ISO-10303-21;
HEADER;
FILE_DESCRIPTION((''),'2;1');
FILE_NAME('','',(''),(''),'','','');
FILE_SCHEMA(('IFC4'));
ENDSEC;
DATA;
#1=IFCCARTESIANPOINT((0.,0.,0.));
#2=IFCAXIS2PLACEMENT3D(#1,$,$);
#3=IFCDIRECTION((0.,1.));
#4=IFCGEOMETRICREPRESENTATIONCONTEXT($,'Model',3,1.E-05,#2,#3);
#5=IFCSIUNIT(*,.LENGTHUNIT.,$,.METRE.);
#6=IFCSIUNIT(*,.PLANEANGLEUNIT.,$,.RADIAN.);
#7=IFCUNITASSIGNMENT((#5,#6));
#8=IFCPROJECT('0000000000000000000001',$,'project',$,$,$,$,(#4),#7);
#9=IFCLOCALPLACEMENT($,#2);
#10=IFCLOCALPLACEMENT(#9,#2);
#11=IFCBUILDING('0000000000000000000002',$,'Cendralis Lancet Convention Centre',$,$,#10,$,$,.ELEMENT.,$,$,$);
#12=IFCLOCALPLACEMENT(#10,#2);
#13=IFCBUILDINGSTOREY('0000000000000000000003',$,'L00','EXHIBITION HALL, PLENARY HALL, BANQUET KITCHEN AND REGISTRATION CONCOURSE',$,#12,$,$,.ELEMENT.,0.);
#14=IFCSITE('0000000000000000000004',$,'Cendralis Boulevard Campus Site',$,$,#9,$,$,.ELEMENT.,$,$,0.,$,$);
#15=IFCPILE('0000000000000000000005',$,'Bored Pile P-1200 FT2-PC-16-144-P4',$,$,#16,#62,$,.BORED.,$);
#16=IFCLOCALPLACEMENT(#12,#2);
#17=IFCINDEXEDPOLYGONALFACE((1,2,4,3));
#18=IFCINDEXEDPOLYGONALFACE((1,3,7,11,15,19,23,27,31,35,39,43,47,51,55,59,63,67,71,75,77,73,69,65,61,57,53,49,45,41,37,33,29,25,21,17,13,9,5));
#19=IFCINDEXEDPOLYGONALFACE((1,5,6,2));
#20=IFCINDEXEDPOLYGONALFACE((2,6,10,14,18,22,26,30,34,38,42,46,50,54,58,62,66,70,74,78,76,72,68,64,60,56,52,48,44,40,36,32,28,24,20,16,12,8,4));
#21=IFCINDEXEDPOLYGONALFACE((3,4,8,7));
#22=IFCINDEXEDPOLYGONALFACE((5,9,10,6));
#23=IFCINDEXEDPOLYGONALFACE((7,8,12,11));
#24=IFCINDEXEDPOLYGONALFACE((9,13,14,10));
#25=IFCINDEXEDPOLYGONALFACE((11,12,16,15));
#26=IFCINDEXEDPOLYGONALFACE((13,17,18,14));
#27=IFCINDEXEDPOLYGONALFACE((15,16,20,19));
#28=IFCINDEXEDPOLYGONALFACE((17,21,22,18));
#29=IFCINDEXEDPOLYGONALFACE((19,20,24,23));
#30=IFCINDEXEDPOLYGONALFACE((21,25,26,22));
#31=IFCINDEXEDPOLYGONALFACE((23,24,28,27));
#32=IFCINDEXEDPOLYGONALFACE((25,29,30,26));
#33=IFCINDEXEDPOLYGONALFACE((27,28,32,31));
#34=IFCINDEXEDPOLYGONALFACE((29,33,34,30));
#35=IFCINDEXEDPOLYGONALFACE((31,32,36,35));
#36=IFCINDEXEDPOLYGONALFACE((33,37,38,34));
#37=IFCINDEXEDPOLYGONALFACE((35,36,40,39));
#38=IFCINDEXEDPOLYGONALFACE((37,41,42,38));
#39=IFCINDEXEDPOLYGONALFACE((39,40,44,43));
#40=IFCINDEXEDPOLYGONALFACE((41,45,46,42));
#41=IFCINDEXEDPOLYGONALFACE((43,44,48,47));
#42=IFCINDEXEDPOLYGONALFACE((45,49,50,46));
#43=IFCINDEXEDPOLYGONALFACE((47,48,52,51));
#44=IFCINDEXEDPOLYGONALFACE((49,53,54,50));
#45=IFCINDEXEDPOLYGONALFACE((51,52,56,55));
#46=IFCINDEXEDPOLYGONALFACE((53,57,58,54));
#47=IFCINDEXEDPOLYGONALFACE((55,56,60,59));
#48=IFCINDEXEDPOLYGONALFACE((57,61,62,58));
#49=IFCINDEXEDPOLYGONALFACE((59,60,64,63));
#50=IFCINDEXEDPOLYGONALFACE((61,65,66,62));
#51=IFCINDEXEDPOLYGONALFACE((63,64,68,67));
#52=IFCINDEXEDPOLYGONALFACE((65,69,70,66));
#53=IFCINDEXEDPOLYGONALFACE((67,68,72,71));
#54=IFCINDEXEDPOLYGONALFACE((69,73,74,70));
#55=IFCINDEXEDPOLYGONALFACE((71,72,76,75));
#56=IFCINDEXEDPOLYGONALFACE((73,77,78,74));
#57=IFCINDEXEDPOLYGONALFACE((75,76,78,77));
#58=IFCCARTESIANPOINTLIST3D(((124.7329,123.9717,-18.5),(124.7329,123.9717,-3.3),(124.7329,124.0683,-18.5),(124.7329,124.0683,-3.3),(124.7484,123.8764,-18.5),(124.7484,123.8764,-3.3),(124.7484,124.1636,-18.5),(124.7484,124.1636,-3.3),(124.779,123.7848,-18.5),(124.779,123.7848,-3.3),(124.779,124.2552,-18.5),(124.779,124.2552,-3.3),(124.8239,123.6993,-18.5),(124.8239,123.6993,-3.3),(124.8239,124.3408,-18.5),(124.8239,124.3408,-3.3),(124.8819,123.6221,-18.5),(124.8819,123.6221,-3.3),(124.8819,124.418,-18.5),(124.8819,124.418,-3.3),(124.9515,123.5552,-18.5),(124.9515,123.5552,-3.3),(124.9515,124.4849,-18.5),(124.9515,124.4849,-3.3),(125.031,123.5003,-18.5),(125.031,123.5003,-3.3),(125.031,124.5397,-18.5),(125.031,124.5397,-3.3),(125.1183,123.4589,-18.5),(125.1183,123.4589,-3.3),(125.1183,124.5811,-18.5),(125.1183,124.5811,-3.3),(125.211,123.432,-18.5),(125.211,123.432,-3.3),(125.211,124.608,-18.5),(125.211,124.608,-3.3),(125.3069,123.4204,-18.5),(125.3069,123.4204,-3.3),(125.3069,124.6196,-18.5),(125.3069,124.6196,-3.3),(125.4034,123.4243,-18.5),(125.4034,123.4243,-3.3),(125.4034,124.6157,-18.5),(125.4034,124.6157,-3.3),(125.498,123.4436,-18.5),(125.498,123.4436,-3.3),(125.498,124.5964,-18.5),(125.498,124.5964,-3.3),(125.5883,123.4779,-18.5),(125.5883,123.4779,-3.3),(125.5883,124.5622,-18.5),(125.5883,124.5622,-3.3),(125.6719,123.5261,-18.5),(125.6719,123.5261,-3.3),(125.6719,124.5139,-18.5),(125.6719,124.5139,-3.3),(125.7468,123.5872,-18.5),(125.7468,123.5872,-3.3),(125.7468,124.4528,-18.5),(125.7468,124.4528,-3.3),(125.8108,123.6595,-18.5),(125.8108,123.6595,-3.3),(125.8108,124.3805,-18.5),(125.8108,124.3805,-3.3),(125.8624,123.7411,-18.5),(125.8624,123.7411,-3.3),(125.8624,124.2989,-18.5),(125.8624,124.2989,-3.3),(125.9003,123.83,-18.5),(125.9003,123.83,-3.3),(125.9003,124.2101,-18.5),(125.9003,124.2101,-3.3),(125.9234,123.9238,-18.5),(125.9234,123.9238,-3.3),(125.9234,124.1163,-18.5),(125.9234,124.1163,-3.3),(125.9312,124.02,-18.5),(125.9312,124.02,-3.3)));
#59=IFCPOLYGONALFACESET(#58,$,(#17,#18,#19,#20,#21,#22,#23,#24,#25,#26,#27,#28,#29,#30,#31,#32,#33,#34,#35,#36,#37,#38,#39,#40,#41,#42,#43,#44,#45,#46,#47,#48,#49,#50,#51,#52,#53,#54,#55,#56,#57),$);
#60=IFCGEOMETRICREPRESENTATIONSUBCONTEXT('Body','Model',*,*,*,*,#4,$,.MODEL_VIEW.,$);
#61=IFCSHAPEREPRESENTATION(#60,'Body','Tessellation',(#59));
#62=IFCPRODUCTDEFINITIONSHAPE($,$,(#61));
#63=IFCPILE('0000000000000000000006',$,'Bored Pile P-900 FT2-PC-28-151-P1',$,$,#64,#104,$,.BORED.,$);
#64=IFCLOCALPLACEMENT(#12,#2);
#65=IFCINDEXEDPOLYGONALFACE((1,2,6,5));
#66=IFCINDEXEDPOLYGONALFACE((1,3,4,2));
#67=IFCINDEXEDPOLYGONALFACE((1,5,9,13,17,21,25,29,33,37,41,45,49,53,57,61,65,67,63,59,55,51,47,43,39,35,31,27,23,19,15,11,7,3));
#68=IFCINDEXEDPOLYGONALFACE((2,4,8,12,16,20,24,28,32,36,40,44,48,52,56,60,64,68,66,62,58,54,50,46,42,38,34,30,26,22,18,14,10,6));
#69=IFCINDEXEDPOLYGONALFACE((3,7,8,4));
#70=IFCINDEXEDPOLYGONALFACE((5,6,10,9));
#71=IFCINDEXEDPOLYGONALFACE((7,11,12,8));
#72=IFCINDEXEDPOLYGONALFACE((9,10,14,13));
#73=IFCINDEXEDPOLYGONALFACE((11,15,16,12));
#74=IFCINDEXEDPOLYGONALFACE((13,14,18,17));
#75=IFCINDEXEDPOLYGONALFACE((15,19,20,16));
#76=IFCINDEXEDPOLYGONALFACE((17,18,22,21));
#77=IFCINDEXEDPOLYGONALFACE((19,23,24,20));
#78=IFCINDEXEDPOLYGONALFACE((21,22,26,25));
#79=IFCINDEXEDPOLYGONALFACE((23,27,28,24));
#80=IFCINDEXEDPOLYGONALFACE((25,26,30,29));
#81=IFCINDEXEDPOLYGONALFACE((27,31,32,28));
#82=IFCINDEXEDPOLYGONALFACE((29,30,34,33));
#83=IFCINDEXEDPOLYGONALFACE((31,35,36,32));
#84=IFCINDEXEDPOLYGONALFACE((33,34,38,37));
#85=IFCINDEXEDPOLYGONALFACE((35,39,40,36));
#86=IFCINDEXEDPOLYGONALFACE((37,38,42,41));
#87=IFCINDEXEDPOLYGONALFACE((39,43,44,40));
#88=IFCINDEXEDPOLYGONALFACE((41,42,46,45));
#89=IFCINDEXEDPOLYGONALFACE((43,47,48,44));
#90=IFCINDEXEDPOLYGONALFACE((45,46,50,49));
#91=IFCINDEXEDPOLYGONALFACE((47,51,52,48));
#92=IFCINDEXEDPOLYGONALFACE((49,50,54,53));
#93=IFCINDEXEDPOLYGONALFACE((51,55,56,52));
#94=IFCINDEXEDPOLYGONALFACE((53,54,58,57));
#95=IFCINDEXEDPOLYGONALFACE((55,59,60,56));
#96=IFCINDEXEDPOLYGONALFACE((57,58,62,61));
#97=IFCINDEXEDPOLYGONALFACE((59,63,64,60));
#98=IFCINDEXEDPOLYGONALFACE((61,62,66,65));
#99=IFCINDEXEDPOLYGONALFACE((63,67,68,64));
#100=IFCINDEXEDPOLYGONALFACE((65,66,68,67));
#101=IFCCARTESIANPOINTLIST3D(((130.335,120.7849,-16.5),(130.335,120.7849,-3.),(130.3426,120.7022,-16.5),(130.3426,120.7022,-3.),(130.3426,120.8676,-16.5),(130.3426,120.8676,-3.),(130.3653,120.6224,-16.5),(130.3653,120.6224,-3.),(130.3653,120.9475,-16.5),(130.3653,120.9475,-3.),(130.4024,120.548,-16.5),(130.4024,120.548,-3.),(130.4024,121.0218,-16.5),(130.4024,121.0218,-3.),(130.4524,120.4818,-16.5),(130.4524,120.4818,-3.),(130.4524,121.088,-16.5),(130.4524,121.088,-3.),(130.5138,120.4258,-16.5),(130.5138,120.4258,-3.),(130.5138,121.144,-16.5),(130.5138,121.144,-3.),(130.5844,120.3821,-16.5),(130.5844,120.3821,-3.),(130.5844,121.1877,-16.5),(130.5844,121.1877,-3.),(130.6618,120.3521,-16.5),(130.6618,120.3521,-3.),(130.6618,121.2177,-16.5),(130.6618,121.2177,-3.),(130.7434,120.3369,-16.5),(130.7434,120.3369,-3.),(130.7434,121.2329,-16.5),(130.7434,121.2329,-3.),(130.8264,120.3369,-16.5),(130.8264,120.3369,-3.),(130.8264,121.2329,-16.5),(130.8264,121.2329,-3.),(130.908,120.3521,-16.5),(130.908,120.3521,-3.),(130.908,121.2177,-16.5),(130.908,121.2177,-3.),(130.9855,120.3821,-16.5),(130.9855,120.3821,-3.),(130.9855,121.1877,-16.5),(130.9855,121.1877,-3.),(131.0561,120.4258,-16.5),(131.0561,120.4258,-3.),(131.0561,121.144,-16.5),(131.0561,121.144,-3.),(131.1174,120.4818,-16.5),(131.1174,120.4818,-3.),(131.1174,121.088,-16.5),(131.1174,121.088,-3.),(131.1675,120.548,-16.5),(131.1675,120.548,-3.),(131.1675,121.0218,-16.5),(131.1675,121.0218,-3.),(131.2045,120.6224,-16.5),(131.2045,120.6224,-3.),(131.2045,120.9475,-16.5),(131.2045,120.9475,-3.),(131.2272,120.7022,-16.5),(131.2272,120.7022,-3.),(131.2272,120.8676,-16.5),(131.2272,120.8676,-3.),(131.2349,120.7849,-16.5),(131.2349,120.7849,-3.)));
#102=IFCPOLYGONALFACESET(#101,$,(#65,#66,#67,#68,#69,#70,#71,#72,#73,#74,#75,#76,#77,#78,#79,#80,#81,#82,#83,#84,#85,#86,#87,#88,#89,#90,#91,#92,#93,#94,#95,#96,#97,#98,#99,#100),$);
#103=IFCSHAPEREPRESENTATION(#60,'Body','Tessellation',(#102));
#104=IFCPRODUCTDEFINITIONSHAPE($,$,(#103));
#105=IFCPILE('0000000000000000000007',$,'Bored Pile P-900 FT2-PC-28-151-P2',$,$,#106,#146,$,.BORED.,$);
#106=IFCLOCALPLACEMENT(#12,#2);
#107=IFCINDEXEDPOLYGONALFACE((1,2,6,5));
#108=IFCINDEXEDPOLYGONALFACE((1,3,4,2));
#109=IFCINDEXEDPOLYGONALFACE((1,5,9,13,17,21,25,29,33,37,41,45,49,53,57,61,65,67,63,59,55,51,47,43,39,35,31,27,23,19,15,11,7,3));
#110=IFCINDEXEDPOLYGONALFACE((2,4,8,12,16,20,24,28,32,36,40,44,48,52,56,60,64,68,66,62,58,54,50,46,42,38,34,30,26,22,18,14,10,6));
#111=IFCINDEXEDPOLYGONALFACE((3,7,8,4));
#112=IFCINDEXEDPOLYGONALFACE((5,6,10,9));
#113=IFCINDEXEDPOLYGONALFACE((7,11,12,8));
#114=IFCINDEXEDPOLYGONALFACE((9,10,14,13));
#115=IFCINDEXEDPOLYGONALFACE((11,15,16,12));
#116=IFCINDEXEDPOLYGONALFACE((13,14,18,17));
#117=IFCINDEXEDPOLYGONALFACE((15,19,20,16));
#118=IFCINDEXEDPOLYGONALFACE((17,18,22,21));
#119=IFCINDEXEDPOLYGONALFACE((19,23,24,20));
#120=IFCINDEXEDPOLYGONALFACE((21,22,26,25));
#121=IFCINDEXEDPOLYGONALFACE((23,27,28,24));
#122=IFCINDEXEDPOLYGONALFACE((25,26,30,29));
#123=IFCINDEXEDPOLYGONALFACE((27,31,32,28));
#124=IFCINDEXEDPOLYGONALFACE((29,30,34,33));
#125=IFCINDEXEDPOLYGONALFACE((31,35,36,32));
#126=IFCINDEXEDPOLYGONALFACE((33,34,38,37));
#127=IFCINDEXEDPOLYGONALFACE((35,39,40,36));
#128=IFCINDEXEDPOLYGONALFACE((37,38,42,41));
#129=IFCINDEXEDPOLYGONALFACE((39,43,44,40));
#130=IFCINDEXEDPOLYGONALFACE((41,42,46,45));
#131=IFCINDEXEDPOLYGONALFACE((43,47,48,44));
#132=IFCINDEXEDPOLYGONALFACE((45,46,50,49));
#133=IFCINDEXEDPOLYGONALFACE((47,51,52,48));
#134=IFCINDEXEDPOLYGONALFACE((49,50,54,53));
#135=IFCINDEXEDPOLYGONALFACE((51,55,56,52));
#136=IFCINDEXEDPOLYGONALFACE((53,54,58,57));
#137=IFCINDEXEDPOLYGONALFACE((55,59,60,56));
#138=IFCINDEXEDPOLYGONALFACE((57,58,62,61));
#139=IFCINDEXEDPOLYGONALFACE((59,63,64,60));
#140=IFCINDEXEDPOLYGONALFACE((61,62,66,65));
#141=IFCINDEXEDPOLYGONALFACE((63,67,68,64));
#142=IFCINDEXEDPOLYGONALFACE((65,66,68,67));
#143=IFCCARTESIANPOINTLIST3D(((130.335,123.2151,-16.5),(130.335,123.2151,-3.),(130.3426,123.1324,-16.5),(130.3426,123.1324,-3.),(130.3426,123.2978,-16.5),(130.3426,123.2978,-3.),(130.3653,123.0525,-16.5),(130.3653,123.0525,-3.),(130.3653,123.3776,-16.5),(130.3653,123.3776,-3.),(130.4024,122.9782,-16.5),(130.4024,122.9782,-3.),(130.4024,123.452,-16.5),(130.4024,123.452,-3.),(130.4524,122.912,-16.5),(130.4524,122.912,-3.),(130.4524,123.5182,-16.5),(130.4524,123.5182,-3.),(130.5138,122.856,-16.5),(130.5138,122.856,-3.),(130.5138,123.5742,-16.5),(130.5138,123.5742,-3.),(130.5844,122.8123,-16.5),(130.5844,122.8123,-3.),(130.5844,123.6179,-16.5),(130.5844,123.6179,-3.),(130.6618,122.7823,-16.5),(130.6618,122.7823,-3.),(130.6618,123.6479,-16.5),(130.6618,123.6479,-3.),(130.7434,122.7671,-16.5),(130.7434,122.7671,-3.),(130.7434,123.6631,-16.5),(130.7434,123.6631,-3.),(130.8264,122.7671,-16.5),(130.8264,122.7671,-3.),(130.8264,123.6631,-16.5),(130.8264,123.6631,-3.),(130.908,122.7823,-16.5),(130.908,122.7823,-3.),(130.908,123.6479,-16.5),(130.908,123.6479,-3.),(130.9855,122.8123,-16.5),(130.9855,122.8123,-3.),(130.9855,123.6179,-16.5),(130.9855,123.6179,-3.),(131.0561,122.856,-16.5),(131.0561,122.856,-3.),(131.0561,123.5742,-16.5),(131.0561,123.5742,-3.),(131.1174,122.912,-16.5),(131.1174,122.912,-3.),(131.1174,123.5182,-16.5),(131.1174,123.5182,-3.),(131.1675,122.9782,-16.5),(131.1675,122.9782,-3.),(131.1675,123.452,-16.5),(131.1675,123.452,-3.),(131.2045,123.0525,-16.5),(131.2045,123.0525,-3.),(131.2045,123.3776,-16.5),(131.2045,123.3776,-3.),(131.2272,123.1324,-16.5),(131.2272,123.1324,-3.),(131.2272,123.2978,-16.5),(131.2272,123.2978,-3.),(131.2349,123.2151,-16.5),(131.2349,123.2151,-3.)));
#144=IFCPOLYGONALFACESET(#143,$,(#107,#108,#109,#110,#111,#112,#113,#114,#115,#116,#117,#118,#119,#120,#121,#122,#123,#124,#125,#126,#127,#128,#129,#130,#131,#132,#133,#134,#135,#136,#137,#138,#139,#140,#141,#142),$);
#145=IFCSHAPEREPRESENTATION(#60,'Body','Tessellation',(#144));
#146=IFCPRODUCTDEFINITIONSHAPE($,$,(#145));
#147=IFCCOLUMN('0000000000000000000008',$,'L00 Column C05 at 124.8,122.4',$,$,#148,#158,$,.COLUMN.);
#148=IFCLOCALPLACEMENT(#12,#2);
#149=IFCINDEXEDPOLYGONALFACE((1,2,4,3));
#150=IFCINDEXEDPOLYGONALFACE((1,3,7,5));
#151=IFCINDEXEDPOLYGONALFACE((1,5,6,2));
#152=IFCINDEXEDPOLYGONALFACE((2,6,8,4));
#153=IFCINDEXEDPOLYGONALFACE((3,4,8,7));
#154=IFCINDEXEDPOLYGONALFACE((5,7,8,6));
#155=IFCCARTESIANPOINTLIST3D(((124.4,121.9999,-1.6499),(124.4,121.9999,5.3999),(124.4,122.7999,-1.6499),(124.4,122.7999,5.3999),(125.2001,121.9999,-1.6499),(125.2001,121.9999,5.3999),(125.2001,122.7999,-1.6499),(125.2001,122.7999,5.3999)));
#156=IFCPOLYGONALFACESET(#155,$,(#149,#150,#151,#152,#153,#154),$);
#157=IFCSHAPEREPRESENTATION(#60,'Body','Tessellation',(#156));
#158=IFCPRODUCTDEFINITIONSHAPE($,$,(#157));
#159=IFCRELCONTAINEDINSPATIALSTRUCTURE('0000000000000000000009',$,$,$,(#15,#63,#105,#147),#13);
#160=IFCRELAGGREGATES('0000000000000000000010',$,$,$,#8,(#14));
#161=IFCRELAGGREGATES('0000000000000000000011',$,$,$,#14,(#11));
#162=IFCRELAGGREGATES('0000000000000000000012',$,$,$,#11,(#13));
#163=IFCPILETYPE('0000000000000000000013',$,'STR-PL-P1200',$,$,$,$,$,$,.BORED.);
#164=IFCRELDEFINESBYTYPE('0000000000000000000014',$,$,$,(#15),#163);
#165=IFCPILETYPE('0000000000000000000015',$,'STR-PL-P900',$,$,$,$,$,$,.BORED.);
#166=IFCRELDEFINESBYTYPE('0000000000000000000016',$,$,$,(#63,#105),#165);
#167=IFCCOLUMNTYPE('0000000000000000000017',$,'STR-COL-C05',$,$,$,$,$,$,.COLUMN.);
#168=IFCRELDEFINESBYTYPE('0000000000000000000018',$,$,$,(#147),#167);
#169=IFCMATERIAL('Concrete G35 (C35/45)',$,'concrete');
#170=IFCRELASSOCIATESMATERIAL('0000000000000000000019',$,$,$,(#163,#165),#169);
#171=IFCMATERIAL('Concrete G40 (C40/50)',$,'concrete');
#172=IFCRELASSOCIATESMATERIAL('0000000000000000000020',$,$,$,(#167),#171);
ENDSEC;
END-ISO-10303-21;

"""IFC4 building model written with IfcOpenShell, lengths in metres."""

from ifc_helpers import new_model, si_unit, direction, frame, origin, origin_2d, place, context, subcontext, project, spatial, rectangle, circle, extrude, material, material_profile, profile_set, type_object, element, save


model = new_model("IFC4")

# Units and contexts
model_context = context("Model", 3, precision=1e-05, world=origin(), true_north=direction((0.0, 1.0)))
body_context = subcontext(model_context, "Body", "Model", "MODEL_VIEW")
ifc_project = project(units=[si_unit("LENGTHUNIT", "METRE"), si_unit("PLANEANGLEUNIT", "RADIAN")], contexts=[model_context])

# Site, building, storey
site_placement = place(None, origin())
site = spatial("IfcSite", under=ifc_project, at=site_placement, Name="Cendralis Boulevard Campus Site", CompositionType="ELEMENT", RefElevation=0.0)
building_placement = place(site_placement, origin())
building = spatial("IfcBuilding", under=site, at=building_placement, Name="Cendralis Lancet Convention Centre", CompositionType="ELEMENT")
storey_placement = place(building_placement, origin())
storey = spatial("IfcBuildingStorey", under=building, at=storey_placement, Name="L00", Description="EXHIBITION HALL, PLENARY HALL, BANQUET KITCHEN AND REGISTRATION CONCOURSE", CompositionType="ELEMENT", Elevation=0.0)

# Shared definitions
ifc_material_1 = material(Name="Concrete G35 (C35/45)", Category="concrete")

# Piles
ifc_material_profile_1 = material_profile(ifc_material_1, circle(Radius=0.6001, at=origin_2d()), Name="BORED PILE D1200")
ifc_profile_set_1 = profile_set([ifc_material_profile_1], Name="Concrete G35 (C35/45)")
pile_type_1 = type_object("IfcPileType", Name="STR-PL-P1200", PredefinedType="BORED", material=ifc_profile_set_1)
for number, where, z_axis, x_axis, name in (
    (1, (125.3311, 124.02, -3.3), (0.0, 0.0, -1.0), (1.0, 0.0, 0.0), "Bored Pile P-1200 FT2-PC-16-144-P4"),
):
    element("IfcPile", number, at=place(storey_placement, frame(where, z_axis=z_axis, x_axis=x_axis)), inside=storey, type_object=pile_type_1, Name=name, PredefinedType="BORED", context=body_context, shape_type="SweptSolid", body=[
        extrude(circle(Radius=0.6001, at=origin_2d()), origin(), (0.0, 0.0, 1.0), 15.2),
    ])
ifc_material_profile_2 = material_profile(ifc_material_1, circle(Radius=0.45, at=origin_2d()), Name="BORED PILE D900")
ifc_profile_set_2 = profile_set([ifc_material_profile_2], Name="Concrete G35 (C35/45)")
pile_type_2 = type_object("IfcPileType", Name="STR-PL-P900", PredefinedType="BORED", material=ifc_profile_set_2)
for number, where, z_axis, x_axis, name in (
    (2, (130.7849, 120.7849, -3.0), (0.0, 0.0, -1.0), (1.0, 0.0, 0.0), "Bored Pile P-900 FT2-PC-28-151-P1"),
    (3, (130.7849, 123.2151, -3.0), (0.0, 0.0, -1.0), (1.0, 0.0, 0.0), "Bored Pile P-900 FT2-PC-28-151-P2"),
):
    element("IfcPile", number, at=place(storey_placement, frame(where, z_axis=z_axis, x_axis=x_axis)), inside=storey, type_object=pile_type_2, Name=name, PredefinedType="BORED", context=body_context, shape_type="SweptSolid", body=[
        extrude(circle(Radius=0.45, at=origin_2d()), origin(), (0.0, 0.0, 1.0), 13.5),
    ])

# Column
ifc_material_2 = material(Name="Concrete G40 (C40/50)", Category="concrete")
ifc_material_profile_3 = material_profile(ifc_material_2, rectangle(XDim=0.8, YDim=0.8, at=origin_2d()), Name="RC 800x800")
ifc_profile_set_3 = profile_set([ifc_material_profile_3], Name="Concrete G40 (C40/50)")
column_type_1 = type_object("IfcColumnType", Name="STR-COL-C05", PredefinedType="COLUMN", material=ifc_profile_set_3)
column_1_placement = place(storey_placement, frame((124.8, 122.3999, -1.6499), z_axis=(0.0, 0.0, 1.0), x_axis=(1.0, 0.0, 0.0)))
element("IfcColumn", 4, at=column_1_placement, inside=storey, type_object=column_type_1, Name="L00 Column C05 at 124.8,122.4", PredefinedType="COLUMN", context=body_context, shape_type="SweptSolid", body=[
    extrude(rectangle(XDim=0.8, YDim=0.8, at=origin_2d()), origin(), (0.0, 0.0, 1.0), 7.0498),
])

save(model, "model.ifc")
